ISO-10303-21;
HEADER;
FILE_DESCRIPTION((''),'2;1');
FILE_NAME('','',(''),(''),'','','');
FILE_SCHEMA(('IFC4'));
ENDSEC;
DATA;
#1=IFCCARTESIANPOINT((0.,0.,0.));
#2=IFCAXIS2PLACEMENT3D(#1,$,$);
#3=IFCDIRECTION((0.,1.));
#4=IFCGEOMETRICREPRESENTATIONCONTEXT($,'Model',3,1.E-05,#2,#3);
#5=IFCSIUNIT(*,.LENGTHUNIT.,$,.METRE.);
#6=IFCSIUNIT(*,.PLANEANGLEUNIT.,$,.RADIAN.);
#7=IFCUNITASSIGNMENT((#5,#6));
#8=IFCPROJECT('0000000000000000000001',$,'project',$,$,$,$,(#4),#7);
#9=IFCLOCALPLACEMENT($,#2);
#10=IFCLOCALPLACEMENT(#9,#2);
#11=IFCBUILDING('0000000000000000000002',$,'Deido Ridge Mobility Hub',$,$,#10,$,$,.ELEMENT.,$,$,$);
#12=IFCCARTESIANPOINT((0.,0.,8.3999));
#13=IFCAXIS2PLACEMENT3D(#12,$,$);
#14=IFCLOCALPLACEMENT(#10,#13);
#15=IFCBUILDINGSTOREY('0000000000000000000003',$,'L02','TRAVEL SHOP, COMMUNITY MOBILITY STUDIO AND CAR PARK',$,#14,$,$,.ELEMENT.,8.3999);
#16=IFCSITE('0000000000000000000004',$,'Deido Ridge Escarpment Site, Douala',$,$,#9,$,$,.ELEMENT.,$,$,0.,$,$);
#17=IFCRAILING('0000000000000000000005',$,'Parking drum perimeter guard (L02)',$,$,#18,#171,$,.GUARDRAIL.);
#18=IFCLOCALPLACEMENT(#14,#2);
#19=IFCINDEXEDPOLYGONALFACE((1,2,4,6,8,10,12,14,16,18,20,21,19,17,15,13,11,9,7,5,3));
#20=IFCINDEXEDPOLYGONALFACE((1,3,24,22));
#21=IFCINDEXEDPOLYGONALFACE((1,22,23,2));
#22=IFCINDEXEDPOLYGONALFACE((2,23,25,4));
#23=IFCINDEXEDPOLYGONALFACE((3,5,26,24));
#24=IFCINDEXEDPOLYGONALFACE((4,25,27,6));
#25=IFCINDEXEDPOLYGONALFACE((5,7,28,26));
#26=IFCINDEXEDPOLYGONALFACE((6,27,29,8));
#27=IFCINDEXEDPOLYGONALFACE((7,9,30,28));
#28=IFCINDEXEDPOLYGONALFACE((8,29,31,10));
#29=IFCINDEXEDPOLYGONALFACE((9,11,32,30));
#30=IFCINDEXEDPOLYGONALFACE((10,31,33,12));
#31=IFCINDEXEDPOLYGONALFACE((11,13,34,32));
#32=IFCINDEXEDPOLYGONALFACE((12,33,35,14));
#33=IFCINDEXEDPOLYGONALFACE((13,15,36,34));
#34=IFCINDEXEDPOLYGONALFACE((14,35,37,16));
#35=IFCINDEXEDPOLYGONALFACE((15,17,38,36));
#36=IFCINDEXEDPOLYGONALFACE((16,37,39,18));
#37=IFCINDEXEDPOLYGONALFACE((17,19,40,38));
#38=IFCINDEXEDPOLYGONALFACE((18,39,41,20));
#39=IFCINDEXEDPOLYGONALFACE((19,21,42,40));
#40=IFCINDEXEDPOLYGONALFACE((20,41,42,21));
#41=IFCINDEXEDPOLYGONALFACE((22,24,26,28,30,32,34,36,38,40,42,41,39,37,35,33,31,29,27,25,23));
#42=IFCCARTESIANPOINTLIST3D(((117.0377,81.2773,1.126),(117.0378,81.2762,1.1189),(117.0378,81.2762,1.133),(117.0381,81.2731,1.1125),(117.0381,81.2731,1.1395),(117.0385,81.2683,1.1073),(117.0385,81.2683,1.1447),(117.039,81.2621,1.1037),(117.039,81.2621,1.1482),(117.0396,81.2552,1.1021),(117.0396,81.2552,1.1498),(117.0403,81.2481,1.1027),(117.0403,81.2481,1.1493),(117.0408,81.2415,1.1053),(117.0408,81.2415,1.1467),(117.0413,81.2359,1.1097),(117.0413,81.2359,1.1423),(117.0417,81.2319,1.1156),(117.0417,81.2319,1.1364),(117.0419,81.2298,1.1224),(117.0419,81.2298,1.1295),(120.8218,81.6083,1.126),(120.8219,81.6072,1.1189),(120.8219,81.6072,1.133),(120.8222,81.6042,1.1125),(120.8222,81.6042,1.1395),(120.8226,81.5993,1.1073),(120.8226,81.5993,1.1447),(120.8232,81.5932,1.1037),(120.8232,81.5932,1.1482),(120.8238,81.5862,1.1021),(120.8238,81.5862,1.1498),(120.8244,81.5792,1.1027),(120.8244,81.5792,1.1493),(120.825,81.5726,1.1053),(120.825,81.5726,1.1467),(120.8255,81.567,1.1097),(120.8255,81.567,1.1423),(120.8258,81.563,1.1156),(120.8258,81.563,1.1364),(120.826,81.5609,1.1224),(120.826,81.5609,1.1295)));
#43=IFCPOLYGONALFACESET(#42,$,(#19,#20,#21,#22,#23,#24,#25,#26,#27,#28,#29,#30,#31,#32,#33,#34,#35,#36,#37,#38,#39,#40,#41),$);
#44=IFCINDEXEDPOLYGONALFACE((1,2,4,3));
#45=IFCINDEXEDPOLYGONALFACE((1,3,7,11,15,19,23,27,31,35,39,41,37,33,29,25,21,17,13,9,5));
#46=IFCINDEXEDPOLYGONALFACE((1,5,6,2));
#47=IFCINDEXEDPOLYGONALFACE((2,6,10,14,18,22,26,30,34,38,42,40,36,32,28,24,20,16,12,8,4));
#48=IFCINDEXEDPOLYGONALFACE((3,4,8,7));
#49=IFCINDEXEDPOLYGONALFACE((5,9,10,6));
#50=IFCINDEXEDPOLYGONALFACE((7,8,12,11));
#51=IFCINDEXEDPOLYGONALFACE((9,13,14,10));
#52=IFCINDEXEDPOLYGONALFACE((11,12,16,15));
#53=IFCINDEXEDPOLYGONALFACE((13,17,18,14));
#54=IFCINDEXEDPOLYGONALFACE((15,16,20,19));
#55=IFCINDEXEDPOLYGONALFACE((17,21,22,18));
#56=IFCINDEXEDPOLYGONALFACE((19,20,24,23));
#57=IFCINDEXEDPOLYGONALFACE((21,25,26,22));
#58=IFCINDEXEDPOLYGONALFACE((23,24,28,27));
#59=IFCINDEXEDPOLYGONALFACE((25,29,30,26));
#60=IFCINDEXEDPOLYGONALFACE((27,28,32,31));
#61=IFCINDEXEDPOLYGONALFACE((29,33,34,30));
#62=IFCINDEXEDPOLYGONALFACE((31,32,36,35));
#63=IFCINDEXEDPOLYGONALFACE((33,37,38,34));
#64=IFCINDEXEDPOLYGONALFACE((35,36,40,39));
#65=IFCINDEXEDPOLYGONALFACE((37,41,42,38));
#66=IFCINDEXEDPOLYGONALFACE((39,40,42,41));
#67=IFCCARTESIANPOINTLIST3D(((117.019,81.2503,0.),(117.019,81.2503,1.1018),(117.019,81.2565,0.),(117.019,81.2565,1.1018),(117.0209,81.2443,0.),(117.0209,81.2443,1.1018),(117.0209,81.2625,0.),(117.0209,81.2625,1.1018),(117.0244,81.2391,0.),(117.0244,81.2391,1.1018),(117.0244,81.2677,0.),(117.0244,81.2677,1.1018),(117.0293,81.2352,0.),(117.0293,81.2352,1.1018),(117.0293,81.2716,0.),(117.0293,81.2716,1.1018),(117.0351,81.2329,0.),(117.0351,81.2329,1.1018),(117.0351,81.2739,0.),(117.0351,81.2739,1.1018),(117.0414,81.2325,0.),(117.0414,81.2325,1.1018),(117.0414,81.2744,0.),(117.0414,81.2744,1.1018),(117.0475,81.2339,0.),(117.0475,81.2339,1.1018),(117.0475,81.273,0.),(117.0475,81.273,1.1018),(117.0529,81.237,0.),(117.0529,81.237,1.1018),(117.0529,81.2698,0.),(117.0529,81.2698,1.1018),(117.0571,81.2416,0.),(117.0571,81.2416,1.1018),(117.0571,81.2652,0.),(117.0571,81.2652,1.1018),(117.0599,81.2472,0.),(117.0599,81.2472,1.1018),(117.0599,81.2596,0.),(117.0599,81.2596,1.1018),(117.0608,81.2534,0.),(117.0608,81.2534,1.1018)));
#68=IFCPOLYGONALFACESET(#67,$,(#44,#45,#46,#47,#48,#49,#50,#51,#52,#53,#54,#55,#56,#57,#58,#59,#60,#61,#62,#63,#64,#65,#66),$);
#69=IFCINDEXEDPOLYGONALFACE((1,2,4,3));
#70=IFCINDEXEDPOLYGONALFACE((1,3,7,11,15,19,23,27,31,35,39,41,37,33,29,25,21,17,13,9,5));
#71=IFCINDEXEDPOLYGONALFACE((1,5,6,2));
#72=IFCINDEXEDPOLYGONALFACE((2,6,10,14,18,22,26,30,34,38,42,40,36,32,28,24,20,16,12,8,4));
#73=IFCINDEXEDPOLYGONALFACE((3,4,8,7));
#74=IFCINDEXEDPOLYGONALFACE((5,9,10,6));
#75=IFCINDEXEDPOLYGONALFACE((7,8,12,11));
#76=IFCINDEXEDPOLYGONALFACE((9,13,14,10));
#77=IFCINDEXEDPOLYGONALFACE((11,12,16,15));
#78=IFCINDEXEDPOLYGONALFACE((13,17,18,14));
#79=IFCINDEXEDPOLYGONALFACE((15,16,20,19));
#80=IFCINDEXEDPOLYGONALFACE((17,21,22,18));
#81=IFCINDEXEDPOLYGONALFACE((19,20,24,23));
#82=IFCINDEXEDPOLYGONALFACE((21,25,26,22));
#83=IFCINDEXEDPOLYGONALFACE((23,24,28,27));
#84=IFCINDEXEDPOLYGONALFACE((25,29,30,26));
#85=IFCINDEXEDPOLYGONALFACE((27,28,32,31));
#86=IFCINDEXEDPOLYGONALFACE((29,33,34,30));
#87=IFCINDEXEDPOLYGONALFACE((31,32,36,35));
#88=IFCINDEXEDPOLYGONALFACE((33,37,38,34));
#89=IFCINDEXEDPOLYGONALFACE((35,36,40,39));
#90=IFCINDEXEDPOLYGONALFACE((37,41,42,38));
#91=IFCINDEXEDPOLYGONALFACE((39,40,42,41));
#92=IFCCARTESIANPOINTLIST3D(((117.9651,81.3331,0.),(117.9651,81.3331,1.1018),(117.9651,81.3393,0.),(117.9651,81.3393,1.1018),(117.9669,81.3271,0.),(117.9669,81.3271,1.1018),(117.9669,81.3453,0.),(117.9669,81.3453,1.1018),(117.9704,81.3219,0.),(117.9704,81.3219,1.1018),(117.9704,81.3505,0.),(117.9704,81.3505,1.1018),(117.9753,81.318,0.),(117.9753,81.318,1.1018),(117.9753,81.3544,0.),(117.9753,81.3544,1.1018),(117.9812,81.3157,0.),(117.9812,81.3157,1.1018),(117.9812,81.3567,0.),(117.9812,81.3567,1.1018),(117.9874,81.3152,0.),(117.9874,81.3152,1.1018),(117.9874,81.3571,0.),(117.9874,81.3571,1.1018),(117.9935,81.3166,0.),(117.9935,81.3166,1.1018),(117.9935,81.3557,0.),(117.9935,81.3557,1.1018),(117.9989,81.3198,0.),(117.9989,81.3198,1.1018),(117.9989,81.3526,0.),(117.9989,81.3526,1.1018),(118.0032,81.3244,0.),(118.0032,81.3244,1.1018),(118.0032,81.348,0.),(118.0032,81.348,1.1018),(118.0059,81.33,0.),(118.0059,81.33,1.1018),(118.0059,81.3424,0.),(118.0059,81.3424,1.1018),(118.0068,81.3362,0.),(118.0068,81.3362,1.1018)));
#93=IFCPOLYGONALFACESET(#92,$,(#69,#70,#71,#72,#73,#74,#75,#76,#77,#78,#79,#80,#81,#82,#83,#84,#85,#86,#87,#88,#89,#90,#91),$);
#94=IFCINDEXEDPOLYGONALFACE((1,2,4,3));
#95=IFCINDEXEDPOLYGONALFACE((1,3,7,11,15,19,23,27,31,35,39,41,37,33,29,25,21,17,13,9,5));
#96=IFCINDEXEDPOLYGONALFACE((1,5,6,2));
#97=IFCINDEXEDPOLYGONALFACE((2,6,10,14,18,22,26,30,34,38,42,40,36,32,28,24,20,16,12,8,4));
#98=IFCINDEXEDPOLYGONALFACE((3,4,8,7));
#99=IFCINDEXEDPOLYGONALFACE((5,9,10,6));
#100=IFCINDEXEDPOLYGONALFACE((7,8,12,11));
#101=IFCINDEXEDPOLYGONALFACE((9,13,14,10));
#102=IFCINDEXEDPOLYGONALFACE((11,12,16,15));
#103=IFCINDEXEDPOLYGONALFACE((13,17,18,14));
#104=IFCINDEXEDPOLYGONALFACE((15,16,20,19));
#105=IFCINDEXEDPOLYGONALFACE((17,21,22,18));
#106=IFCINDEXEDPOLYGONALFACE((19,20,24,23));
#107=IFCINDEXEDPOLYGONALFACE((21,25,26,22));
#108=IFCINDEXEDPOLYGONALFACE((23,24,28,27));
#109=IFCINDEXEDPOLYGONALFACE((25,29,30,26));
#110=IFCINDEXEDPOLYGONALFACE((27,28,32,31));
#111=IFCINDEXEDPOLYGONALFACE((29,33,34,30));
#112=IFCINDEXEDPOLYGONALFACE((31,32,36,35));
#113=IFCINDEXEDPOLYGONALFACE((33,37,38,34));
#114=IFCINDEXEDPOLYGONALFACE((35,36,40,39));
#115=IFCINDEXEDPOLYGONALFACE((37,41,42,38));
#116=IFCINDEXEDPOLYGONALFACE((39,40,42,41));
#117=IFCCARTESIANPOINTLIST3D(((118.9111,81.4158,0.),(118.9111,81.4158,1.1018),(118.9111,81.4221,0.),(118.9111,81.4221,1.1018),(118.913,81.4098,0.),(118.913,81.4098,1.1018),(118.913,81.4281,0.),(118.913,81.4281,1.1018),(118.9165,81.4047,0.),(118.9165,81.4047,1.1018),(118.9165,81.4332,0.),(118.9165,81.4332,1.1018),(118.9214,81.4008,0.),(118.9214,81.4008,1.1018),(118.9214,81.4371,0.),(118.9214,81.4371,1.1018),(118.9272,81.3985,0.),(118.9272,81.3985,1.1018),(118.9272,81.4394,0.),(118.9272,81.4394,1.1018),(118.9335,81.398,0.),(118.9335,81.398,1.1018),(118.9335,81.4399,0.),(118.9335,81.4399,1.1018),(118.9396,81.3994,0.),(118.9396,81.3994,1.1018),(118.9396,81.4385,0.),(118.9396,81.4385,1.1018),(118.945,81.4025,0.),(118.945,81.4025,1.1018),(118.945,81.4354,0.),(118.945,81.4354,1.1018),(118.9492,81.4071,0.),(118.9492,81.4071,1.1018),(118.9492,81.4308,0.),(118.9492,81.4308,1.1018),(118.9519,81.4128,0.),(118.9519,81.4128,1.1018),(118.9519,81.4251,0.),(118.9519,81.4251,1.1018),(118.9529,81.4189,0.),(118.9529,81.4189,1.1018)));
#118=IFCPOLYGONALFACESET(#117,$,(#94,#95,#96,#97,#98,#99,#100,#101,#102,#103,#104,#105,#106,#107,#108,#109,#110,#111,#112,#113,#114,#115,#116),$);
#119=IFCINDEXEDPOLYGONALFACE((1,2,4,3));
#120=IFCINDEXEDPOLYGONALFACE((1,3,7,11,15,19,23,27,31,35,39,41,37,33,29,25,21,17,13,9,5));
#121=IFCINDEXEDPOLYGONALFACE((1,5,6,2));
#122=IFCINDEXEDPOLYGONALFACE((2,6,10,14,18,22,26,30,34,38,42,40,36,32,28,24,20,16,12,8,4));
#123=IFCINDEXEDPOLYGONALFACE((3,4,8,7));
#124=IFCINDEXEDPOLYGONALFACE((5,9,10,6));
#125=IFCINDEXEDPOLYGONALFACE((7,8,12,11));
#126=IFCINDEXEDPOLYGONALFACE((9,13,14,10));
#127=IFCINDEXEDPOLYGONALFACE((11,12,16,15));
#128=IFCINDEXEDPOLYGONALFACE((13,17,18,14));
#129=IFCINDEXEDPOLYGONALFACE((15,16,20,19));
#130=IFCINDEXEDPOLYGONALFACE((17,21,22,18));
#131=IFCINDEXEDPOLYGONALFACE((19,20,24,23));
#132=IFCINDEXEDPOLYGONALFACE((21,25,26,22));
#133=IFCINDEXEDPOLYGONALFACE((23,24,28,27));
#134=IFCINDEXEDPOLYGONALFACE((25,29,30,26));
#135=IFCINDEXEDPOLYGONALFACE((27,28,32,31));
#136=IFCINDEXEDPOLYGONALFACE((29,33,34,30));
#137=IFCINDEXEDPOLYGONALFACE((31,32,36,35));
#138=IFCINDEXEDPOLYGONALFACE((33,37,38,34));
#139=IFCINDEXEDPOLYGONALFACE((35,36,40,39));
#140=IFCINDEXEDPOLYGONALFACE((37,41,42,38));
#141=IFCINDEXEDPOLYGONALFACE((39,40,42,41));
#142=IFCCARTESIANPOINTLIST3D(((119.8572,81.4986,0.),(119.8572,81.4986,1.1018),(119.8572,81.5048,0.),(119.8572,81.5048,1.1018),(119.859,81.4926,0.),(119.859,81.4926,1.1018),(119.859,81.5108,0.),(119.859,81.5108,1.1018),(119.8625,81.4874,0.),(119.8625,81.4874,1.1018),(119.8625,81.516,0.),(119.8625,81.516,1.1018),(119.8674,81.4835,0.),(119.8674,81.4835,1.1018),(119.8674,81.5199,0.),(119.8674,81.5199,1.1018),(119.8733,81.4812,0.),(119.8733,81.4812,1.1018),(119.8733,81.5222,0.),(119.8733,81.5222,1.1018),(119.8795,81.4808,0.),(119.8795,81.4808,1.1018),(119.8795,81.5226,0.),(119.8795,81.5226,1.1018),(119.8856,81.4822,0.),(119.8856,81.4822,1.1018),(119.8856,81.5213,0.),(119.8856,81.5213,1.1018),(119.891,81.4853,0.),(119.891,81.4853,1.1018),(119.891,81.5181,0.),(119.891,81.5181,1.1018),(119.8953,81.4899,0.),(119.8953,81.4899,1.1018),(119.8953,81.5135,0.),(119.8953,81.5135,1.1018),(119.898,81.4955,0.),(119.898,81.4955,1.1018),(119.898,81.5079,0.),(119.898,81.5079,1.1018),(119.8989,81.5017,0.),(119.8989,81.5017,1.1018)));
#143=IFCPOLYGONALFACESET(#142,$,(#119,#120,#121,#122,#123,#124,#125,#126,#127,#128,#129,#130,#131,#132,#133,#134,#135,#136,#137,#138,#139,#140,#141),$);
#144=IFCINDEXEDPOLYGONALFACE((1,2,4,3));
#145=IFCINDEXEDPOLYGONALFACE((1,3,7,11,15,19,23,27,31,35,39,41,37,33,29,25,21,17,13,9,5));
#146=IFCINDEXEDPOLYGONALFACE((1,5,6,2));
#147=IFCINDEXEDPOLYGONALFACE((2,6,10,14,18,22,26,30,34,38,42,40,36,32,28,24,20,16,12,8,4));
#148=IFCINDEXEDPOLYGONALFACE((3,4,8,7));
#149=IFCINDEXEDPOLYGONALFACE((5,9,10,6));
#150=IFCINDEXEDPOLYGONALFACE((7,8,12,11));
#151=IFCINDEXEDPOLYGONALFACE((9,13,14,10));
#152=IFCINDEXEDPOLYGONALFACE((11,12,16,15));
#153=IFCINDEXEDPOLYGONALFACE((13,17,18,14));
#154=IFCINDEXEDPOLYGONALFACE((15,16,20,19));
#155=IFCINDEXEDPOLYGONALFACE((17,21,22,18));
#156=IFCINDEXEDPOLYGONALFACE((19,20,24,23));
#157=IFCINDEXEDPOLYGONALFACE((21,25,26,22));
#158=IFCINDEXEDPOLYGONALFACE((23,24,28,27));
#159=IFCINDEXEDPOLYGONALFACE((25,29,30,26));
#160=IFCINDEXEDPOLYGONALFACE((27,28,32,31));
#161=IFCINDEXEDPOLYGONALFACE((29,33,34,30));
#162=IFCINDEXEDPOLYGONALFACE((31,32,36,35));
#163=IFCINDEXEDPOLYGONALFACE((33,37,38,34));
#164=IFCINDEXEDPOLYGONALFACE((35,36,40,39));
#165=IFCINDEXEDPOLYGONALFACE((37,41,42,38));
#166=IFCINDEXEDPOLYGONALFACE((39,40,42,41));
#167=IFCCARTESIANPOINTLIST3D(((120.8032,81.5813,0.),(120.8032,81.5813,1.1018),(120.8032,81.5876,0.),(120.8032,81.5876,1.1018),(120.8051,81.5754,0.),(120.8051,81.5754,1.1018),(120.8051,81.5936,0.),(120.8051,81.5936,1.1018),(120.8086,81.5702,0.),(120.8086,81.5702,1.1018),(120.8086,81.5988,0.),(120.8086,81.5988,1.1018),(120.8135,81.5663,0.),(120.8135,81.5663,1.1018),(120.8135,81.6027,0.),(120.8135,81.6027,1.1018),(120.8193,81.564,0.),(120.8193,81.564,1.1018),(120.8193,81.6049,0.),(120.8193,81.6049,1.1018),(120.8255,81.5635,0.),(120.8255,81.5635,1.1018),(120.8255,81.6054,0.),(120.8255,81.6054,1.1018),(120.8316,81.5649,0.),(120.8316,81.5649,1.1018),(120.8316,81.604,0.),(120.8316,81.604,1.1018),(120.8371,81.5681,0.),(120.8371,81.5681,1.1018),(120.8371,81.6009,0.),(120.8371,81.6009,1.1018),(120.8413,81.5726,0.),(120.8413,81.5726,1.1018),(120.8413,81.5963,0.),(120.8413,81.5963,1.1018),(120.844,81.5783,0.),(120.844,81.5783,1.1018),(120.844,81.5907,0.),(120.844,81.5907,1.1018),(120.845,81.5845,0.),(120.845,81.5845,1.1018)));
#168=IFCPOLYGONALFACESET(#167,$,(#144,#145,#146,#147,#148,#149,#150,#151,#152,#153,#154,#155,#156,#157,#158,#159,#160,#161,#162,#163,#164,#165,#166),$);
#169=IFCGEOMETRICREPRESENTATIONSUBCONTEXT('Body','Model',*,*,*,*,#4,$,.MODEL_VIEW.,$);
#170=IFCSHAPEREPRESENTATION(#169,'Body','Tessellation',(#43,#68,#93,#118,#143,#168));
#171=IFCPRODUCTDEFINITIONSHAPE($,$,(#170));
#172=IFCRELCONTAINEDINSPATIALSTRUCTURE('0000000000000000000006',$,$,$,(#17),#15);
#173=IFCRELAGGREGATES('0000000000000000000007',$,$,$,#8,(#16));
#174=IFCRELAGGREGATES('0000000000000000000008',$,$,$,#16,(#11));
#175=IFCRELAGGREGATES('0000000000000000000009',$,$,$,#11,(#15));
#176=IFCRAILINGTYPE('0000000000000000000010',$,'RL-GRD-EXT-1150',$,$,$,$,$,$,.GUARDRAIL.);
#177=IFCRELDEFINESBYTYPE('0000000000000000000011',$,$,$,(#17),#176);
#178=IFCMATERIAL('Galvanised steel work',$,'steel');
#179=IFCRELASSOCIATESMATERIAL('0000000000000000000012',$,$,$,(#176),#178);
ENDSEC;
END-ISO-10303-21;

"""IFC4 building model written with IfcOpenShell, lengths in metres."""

from ifc_helpers import new_model, si_unit, direction, frame, origin, origin_2d, place, context, subcontext, project, spatial, circle, extrude, material, type_object, element, save


model = new_model("IFC4")

# Units and contexts
model_context = context("Model", 3, precision=1e-05, world=origin(), true_north=direction((0.0, 1.0)))
body_context = subcontext(model_context, "Body", "Model", "MODEL_VIEW")
ifc_project = project(units=[si_unit("LENGTHUNIT", "METRE"), si_unit("PLANEANGLEUNIT", "RADIAN")], contexts=[model_context])

# Site, building, storey
site_placement = place(None, origin())
site = spatial("IfcSite", under=ifc_project, at=site_placement, Name="Deido Ridge Escarpment Site, Douala", CompositionType="ELEMENT", RefElevation=0.0)
building_placement = place(site_placement, origin())
building = spatial("IfcBuilding", under=site, at=building_placement, Name="Deido Ridge Mobility Hub", CompositionType="ELEMENT")
storey_placement = place(building_placement, frame((0.0, 0.0, 8.3999)))
storey = spatial("IfcBuildingStorey", under=building, at=storey_placement, Name="L02", Description="TRAVEL SHOP, COMMUNITY MOBILITY STUDIO AND CAR PARK", CompositionType="ELEMENT", Elevation=8.3999)

# Railing
ifc_material_1 = material(Name="Galvanised steel work", Category="steel")
railing_type = type_object("IfcRailingType", Name="RL-GRD-EXT-1150", PredefinedType="GUARDRAIL", material=ifc_material_1)
railing_1_placement = place(storey_placement, frame((117.0398, 81.2534, 0.0)))
element("IfcRailing", 1, at=railing_1_placement, inside=storey, type_object=railing_type, Name="Parking drum perimeter guard (L02)", PredefinedType="GUARDRAIL", context=body_context, shape_type="SweptSolid", body=[
    extrude(circle(Radius=0.0239, at=origin_2d()), frame((0.0, 0.0, 1.126), z_axis=(0.996195, 0.087151, 0.0), x_axis=(-0.087151, 0.996195, 0.0)), (0.0, 0.0, 1.0), 3.7986),
    extrude(circle(Radius=0.021, at=origin_2d()), origin(), (0.0, 0.0, 1.0), 1.1018),
    extrude(circle(Radius=0.021, at=origin_2d()), frame((0.946, 0.0828, 0.0)), (0.0, 0.0, 1.0), 1.1018),
    extrude(circle(Radius=0.021, at=origin_2d()), frame((1.8921, 0.1655, 0.0)), (0.0, 0.0, 1.0), 1.1018),
    extrude(circle(Radius=0.021, at=origin_2d()), frame((2.8381, 0.2483, 0.0)), (0.0, 0.0, 1.0), 1.1018),
    extrude(circle(Radius=0.021, at=origin_2d()), frame((3.7842, 0.3311, 0.0)), (0.0, 0.0, 1.0), 1.1018),
])

save(model, "model.ifc")
